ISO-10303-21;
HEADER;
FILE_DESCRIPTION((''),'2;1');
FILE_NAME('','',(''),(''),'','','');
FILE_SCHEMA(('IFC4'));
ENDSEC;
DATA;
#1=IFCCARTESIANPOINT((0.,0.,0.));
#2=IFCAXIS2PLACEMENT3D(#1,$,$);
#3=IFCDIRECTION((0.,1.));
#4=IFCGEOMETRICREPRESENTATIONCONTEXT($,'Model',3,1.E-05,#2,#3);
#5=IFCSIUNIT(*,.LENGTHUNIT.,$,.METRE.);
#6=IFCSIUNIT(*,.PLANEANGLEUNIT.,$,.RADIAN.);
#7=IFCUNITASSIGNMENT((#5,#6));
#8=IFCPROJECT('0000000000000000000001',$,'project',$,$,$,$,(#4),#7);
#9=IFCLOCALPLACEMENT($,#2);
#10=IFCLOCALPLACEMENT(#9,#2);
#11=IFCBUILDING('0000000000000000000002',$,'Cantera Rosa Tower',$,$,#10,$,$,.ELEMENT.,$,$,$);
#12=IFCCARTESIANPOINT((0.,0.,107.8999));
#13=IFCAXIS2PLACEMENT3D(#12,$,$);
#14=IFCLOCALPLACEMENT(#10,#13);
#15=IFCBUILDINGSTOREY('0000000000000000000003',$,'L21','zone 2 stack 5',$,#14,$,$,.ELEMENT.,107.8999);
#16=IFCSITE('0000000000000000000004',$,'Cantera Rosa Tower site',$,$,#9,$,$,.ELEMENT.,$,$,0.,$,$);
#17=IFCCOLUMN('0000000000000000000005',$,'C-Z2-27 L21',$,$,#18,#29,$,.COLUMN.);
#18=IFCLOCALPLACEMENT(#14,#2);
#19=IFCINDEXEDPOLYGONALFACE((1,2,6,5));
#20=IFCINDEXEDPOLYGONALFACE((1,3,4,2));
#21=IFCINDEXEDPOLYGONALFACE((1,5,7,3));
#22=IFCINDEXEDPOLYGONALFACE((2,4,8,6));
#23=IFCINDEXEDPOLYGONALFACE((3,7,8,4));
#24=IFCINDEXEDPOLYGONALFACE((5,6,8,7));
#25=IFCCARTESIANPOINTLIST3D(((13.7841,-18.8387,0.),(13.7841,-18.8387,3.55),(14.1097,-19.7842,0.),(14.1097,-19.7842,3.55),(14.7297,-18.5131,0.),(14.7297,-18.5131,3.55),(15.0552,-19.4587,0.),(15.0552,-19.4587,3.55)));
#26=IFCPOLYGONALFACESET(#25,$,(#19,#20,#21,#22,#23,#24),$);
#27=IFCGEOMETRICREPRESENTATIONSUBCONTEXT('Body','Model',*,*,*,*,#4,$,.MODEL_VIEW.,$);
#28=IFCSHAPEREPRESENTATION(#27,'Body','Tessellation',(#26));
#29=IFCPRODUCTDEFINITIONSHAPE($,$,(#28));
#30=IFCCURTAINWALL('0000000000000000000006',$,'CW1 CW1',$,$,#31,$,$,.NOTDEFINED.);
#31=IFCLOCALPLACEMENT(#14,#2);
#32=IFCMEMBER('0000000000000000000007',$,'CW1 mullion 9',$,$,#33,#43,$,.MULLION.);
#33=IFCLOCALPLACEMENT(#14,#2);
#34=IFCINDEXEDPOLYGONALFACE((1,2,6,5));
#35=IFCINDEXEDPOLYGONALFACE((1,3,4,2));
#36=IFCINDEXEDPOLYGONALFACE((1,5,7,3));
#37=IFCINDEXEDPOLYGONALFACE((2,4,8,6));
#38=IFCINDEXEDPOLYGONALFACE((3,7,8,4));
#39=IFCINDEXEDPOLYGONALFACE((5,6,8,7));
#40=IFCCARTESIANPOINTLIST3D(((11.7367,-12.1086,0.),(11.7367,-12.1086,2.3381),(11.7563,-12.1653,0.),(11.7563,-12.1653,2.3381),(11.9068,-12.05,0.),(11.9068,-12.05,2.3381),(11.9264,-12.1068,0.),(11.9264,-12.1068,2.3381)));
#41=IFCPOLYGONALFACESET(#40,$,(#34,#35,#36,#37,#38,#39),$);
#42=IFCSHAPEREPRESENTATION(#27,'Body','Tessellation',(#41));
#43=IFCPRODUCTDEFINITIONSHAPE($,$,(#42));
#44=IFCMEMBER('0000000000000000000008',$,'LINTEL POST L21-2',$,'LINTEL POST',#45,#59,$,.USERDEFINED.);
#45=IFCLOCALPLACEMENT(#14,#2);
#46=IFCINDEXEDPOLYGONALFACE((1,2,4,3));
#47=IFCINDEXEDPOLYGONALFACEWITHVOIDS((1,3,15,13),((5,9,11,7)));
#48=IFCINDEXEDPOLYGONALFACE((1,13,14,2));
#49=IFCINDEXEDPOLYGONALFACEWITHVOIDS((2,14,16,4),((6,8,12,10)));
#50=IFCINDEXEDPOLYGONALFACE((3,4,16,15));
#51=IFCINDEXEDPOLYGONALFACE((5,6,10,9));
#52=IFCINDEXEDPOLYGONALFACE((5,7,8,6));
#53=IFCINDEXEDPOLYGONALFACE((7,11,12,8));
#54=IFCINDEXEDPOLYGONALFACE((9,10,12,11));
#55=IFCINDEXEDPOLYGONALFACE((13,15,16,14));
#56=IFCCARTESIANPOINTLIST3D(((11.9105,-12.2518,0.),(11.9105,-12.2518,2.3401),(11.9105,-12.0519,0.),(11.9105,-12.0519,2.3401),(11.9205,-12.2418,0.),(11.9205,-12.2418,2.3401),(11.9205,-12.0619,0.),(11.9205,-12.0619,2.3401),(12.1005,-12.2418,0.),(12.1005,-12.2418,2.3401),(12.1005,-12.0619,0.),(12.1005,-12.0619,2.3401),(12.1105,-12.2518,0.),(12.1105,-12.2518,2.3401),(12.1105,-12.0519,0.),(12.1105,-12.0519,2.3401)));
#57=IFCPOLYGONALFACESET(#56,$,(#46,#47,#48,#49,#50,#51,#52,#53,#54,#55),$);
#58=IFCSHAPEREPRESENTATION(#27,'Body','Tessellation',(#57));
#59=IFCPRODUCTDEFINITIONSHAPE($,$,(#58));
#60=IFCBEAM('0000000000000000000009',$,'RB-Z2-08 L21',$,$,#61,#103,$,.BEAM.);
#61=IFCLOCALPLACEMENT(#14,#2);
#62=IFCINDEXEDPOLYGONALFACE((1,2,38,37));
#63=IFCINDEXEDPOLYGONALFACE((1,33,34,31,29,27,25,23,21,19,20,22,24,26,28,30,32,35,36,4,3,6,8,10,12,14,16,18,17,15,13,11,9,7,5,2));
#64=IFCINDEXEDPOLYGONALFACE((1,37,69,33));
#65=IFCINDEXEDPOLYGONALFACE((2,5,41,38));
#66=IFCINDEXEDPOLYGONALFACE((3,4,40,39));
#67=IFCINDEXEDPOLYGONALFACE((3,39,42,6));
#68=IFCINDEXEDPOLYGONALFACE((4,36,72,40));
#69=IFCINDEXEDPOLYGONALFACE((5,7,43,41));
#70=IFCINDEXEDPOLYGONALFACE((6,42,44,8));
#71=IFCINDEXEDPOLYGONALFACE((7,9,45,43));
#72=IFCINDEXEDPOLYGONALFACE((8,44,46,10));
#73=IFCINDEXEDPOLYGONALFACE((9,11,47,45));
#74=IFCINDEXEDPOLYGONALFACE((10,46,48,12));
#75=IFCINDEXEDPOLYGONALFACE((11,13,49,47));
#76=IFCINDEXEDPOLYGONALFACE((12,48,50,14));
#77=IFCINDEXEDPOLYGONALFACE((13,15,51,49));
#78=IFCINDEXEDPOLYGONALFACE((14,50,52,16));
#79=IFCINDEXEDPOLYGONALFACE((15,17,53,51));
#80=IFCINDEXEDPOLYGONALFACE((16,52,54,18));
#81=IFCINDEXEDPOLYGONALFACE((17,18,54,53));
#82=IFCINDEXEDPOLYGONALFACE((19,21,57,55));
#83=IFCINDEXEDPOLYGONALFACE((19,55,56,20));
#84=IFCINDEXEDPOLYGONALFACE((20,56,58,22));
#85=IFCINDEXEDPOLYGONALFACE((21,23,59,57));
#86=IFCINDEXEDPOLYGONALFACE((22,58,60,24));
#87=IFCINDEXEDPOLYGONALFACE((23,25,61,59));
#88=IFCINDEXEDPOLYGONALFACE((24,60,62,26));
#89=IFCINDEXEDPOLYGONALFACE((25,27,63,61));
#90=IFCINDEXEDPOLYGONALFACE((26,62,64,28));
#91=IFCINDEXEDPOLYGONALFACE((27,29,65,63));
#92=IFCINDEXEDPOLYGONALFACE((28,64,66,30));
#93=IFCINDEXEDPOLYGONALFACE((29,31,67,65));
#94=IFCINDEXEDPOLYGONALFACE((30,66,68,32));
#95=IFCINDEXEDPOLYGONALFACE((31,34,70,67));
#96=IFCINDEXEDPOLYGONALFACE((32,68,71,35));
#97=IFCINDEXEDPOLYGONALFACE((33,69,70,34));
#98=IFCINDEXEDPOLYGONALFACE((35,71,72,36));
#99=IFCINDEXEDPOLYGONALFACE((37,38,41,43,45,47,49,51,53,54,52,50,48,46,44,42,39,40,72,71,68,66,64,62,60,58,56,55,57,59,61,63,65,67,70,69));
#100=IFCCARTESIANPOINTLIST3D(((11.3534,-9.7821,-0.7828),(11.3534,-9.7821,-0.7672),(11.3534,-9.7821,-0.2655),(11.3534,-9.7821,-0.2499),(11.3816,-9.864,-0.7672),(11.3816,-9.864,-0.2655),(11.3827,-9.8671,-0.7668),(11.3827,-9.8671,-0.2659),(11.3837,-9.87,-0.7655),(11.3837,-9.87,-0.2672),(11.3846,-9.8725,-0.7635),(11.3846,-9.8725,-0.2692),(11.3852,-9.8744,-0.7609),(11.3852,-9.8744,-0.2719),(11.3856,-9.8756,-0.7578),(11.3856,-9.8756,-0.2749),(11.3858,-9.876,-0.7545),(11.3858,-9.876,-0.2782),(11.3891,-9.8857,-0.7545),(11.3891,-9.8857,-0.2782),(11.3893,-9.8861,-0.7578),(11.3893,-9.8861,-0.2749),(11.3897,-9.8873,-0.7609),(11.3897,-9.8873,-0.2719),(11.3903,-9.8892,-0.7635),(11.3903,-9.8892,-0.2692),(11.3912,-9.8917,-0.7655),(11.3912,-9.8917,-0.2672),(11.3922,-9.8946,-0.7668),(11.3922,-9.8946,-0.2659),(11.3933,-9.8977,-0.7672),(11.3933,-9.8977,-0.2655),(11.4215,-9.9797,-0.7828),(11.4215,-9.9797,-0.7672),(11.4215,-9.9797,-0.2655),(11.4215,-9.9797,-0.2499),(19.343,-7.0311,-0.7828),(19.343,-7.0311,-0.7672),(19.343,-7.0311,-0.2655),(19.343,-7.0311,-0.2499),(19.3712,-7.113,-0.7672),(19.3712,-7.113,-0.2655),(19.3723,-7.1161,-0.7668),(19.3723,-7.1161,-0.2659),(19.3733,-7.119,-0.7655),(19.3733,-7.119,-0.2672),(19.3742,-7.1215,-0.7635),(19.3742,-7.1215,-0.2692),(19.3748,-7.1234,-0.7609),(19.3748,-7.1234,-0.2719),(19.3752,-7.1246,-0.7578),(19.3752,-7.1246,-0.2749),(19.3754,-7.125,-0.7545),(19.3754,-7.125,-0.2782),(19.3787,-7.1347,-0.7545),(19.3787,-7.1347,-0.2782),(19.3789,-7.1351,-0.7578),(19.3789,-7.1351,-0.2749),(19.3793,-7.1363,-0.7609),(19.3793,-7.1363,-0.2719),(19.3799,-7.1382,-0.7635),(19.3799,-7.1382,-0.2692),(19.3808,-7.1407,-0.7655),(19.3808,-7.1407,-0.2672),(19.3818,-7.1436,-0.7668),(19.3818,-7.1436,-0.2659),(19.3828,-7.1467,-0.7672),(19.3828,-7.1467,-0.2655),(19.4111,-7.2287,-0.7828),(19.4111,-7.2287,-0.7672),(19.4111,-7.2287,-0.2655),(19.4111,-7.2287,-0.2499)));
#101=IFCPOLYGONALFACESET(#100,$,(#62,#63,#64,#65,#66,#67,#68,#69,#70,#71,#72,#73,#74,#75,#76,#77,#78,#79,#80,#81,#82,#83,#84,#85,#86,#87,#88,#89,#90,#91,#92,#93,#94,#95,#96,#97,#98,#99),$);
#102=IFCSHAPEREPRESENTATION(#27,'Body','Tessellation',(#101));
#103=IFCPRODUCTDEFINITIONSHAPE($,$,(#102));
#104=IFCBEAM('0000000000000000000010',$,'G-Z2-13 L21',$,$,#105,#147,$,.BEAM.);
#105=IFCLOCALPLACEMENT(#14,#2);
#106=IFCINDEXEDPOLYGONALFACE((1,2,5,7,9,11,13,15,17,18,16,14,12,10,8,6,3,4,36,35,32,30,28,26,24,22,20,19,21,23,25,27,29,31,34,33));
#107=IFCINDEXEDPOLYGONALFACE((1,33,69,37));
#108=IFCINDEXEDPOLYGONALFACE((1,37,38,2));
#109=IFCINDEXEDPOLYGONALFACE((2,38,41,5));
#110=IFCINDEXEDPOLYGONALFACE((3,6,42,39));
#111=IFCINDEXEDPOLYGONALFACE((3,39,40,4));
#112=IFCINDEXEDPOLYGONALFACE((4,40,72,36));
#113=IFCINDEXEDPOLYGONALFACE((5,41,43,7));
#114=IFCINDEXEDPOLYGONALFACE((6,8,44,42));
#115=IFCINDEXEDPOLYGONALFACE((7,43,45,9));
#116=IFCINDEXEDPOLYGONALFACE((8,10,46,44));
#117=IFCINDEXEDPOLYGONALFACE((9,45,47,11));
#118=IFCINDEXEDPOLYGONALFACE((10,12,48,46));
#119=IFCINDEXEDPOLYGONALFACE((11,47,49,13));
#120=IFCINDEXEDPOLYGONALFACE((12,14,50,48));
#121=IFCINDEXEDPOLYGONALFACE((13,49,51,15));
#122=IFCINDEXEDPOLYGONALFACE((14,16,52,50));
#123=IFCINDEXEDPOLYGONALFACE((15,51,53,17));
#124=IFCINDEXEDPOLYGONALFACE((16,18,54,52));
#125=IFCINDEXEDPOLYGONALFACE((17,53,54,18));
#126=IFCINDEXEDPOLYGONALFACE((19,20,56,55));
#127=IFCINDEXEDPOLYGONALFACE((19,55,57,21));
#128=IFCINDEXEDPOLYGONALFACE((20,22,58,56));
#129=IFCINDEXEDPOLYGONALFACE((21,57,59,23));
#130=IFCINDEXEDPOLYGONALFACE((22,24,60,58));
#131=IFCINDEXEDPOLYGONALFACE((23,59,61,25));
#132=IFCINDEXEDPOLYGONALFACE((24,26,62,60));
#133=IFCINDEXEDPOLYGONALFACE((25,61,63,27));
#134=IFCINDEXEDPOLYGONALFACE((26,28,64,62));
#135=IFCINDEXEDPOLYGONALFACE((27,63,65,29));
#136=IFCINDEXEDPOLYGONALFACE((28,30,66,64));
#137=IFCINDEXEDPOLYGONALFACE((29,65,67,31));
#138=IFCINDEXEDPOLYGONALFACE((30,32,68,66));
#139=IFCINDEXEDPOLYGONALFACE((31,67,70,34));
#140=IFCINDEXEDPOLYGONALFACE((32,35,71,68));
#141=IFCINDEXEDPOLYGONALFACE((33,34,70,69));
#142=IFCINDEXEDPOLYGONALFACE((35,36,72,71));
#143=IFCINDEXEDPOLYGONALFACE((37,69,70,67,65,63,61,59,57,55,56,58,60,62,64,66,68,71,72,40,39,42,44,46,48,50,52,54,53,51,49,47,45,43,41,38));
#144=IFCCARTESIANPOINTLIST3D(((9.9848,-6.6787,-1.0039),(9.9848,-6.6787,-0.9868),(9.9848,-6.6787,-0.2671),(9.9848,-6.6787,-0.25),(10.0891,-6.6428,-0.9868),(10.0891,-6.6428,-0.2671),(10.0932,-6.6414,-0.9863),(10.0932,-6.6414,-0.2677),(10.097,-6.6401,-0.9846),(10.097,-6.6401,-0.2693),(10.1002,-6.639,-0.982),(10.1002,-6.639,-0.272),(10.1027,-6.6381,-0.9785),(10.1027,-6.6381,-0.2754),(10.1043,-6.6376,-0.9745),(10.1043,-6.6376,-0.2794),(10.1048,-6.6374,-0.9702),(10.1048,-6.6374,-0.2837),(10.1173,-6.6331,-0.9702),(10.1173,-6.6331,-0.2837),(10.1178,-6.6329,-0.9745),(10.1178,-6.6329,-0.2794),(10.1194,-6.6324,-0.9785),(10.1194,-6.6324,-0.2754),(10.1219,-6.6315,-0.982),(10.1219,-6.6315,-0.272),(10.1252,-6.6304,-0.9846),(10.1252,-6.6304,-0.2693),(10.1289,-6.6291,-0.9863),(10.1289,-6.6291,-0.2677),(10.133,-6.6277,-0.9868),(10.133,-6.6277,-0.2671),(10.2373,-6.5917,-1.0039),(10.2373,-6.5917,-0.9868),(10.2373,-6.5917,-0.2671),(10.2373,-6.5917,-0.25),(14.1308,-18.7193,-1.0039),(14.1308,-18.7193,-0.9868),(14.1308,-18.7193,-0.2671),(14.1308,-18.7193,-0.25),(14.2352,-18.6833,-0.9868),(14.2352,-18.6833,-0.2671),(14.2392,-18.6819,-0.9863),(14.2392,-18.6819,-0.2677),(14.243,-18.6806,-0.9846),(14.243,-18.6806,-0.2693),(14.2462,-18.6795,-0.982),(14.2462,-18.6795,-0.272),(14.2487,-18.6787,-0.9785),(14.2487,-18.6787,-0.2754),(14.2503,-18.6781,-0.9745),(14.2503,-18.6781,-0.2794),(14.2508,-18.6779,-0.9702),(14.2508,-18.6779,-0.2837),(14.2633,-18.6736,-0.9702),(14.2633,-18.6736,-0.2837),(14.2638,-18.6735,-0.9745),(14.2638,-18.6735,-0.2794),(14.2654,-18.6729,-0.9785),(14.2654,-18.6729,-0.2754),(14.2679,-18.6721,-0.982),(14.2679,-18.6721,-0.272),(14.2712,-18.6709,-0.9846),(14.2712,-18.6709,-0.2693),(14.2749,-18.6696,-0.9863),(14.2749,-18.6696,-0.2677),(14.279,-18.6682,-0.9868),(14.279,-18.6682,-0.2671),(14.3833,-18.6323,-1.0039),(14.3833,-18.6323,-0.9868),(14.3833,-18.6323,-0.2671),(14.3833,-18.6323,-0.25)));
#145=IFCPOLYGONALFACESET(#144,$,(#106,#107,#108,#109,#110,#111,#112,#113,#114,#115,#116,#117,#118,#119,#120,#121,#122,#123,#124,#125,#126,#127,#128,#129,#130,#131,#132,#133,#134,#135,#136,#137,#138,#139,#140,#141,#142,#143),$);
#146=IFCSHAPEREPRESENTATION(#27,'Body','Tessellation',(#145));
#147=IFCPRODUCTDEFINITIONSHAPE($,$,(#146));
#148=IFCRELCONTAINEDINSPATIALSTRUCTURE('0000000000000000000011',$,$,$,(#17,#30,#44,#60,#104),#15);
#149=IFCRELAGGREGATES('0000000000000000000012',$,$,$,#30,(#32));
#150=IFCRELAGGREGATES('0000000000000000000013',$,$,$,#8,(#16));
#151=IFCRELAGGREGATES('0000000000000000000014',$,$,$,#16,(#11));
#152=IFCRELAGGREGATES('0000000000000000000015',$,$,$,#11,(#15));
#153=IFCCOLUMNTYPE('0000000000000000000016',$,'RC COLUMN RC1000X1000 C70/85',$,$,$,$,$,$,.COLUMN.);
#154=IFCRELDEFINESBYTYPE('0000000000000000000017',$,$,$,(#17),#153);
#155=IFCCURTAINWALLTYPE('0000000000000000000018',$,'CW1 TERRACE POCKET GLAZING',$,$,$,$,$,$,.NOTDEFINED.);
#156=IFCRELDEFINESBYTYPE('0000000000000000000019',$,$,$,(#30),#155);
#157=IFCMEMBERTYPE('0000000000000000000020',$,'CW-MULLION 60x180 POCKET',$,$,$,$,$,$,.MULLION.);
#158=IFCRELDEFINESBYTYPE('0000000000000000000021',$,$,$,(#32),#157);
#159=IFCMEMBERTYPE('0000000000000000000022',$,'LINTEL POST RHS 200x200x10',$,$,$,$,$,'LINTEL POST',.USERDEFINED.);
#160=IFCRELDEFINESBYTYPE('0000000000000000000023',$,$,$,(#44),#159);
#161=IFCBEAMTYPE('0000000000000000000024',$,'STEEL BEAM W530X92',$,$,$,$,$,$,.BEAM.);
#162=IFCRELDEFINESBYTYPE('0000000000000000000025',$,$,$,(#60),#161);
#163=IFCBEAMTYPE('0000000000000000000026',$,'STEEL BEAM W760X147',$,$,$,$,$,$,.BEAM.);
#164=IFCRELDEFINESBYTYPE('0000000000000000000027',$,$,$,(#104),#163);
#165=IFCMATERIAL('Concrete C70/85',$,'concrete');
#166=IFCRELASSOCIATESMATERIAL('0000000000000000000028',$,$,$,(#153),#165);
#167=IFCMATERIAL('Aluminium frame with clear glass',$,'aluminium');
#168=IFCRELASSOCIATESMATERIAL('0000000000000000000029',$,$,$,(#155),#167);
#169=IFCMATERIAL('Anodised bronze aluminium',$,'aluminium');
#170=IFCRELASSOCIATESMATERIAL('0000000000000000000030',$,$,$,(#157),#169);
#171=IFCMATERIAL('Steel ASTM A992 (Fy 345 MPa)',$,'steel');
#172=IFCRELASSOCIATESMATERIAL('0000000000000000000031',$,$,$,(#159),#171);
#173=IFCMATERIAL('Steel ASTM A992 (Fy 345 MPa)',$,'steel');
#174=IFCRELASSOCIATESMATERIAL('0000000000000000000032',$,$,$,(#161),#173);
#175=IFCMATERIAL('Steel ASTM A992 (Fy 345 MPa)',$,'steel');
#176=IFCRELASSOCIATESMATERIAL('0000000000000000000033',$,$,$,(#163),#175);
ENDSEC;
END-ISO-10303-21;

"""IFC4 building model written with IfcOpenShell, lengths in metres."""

from ifc_helpers import new_model, si_unit, direction, frame, origin, origin_2d, place, context, subcontext, project, spatial, rectangle, hollow_rectangle, i_section, extrude, material, material_profile, profile_set, type_object, element, aggregate, save


model = new_model("IFC4")

# Units and contexts
model_context = context("Model", 3, precision=1e-05, world=origin(), true_north=direction((0.0, 1.0)))
body_context = subcontext(model_context, "Body", "Model", "MODEL_VIEW")
ifc_project = project(units=[si_unit("LENGTHUNIT", "METRE"), si_unit("PLANEANGLEUNIT", "RADIAN")], contexts=[model_context])

# Site, building, storey
site_placement = place(None, origin())
site = spatial("IfcSite", under=ifc_project, at=site_placement, Name="Cantera Rosa Tower site", CompositionType="ELEMENT", RefElevation=0.0)
building_placement = place(site_placement, origin())
building = spatial("IfcBuilding", under=site, at=building_placement, Name="Cantera Rosa Tower", CompositionType="ELEMENT")
storey_placement = place(building_placement, frame((0.0, 0.0, 107.8999)))
storey = spatial("IfcBuildingStorey", under=building, at=storey_placement, Name="L21", Description="zone 2 stack 5", CompositionType="ELEMENT", Elevation=107.8999)

# Column
ifc_material_1 = material(Name="Concrete C70/85", Category="concrete")
ifc_material_profile_1 = material_profile(ifc_material_1, rectangle(XDim=1.0, YDim=1.0, at=origin_2d()), Name="RC COLUMN RC1000X1000 C70/85")
ifc_profile_set_1 = profile_set([ifc_material_profile_1], Name="Concrete C70/85")
column_type = type_object("IfcColumnType", Name="RC COLUMN RC1000X1000 C70/85", PredefinedType="COLUMN", material=ifc_profile_set_1)
column_placement = place(storey_placement, frame((14.4197, -19.1487, 0.0), z_axis=(0.0, 0.0, 1.0), x_axis=(0.945519, 0.325568, 0.0)))
element("IfcColumn", 1, at=column_placement, inside=storey, type_object=column_type, Name="C-Z2-27 L21", PredefinedType="COLUMN", context=body_context, shape_type="SweptSolid", body=[
    extrude(rectangle(XDim=1.0, YDim=1.0, at=origin_2d()), origin(), (0.0, 0.0, 1.0), 3.55),
])

# Curtain wall, member
ifc_material_2 = material(Name="Aluminium frame with clear glass", Category="aluminium")
curtain_wall_type = type_object("IfcCurtainWallType", Name="CW1 TERRACE POCKET GLAZING", PredefinedType="NOTDEFINED", material=ifc_material_2)
curtain_wall_placement = place(storey_placement, origin())
curtain_wall = element("IfcCurtainWall", 2, at=curtain_wall_placement, inside=storey, type_object=curtain_wall_type, Name="CW1 CW1", PredefinedType="NOTDEFINED")
ifc_material_3 = material(Name="Anodised bronze aluminium", Category="aluminium")
ifc_material_profile_2 = material_profile(ifc_material_3, rectangle(XDim=0.0601, YDim=0.1799, at=origin_2d()), Name="CW-MULLION 60x180 POCKET")
ifc_profile_set_2 = profile_set([ifc_material_profile_2], Name="Anodised bronze aluminium")
member_type_1 = type_object("IfcMemberType", Name="CW-MULLION 60x180 POCKET", PredefinedType="MULLION", material=ifc_profile_set_2)
member_1_placement = place(storey_placement, frame((11.8315, -12.1077, 0.0), z_axis=(0.0, 0.0, 1.0), x_axis=(-0.325568, 0.945519, 0.0)))
member_1 = element("IfcMember", 3, at=member_1_placement, type_object=member_type_1, Name="CW1 mullion 9", PredefinedType="MULLION", context=body_context, shape_type="SweptSolid", body=[
    extrude(rectangle(XDim=0.0601, YDim=0.1799, at=origin_2d()), origin(), (0.0, 0.0, 1.0), 2.3381),
])

# Member
ifc_material_4 = material(Name="Steel ASTM A992 (Fy 345 MPa)", Category="steel")
ifc_material_profile_3 = material_profile(ifc_material_4, hollow_rectangle(XDim=0.2, YDim=0.2, WallThickness=0.01, at=origin_2d()), Name="LINTEL POST RHS 200x200x10")
ifc_profile_set_3 = profile_set([ifc_material_profile_3], Name="Steel ASTM A992 (Fy 345 MPa)")
member_type_2 = type_object("IfcMemberType", Name="LINTEL POST RHS 200x200x10", ElementType="LINTEL POST", PredefinedType="USERDEFINED", material=ifc_profile_set_3)
member_2_placement = place(storey_placement, frame((12.0105, -12.1519, 0.0), z_axis=(0.0, 0.0, 1.0), x_axis=(1.0, 0.0, 0.0)))
element("IfcMember", 4, at=member_2_placement, inside=storey, type_object=member_type_2, Name="LINTEL POST L21-2", ObjectType="LINTEL POST", PredefinedType="USERDEFINED", context=body_context, shape_type="SweptSolid", body=[
    extrude(hollow_rectangle(XDim=0.2, YDim=0.2, WallThickness=0.01, at=origin_2d()), origin(), (0.0, 0.0, 1.0), 2.3401),
])

# Beams
ifc_material_5 = material(Name="Steel ASTM A992 (Fy 345 MPa)", Category="steel")
ifc_material_profile_4 = material_profile(ifc_material_5, i_section(OverallWidth=0.209, OverallDepth=0.533, WebThickness=0.0103, FlangeThickness=0.0156, FilletRadius=0.0127, at=origin_2d()), Name="W530X92")
ifc_profile_set_4 = profile_set([ifc_material_profile_4], Name="Steel ASTM A992 (Fy 345 MPa)")
beam_type_1 = type_object("IfcBeamType", Name="STEEL BEAM W530X92", PredefinedType="BEAM", material=ifc_profile_set_4)
beam_1_placement = place(storey_placement, frame((11.3875, -9.8809, -0.5164), z_axis=(0.94552, 0.325565, 0.0), x_axis=(-0.325565, 0.94552, 0.0)))
element("IfcBeam", 5, at=beam_1_placement, inside=storey, type_object=beam_type_1, Name="RB-Z2-08 L21", PredefinedType="BEAM", context=body_context, shape_type="SweptSolid", body=[
    extrude(i_section(OverallWidth=0.209, OverallDepth=0.533, WebThickness=0.0103, FlangeThickness=0.0156, FilletRadius=0.0127, at=origin_2d()), origin(), (0.0, 0.0, 1.0), 8.45),
])
ifc_material_6 = material(Name="Steel ASTM A992 (Fy 345 MPa)", Category="steel")
ifc_material_profile_5 = material_profile(ifc_material_6, i_section(OverallWidth=0.2671, OverallDepth=0.7539, WebThickness=0.0132, FlangeThickness=0.0171, FilletRadius=0.0166, at=origin_2d()), Name="W760X147")
ifc_profile_set_5 = profile_set([ifc_material_profile_5], Name="Steel ASTM A992 (Fy 345 MPa)")
beam_type_2 = type_object("IfcBeamType", Name="STEEL BEAM W760X147", PredefinedType="BEAM", material=ifc_profile_set_5)
beam_2_placement = place(storey_placement, frame((14.2571, -18.6758, -0.627), z_axis=(-0.325576, 0.945516, 0.0), x_axis=(-0.945516, -0.325576, 0.0)))
element("IfcBeam", 6, at=beam_2_placement, inside=storey, type_object=beam_type_2, Name="G-Z2-13 L21", PredefinedType="BEAM", context=body_context, shape_type="SweptSolid", body=[
    extrude(i_section(OverallWidth=0.2671, OverallDepth=0.7539, WebThickness=0.0132, FlangeThickness=0.0171, FilletRadius=0.0166, at=origin_2d()), origin(), (0.0, 0.0, 1.0), 12.7344),
])

aggregate(curtain_wall, [member_1])

save(model, "model.ifc")
